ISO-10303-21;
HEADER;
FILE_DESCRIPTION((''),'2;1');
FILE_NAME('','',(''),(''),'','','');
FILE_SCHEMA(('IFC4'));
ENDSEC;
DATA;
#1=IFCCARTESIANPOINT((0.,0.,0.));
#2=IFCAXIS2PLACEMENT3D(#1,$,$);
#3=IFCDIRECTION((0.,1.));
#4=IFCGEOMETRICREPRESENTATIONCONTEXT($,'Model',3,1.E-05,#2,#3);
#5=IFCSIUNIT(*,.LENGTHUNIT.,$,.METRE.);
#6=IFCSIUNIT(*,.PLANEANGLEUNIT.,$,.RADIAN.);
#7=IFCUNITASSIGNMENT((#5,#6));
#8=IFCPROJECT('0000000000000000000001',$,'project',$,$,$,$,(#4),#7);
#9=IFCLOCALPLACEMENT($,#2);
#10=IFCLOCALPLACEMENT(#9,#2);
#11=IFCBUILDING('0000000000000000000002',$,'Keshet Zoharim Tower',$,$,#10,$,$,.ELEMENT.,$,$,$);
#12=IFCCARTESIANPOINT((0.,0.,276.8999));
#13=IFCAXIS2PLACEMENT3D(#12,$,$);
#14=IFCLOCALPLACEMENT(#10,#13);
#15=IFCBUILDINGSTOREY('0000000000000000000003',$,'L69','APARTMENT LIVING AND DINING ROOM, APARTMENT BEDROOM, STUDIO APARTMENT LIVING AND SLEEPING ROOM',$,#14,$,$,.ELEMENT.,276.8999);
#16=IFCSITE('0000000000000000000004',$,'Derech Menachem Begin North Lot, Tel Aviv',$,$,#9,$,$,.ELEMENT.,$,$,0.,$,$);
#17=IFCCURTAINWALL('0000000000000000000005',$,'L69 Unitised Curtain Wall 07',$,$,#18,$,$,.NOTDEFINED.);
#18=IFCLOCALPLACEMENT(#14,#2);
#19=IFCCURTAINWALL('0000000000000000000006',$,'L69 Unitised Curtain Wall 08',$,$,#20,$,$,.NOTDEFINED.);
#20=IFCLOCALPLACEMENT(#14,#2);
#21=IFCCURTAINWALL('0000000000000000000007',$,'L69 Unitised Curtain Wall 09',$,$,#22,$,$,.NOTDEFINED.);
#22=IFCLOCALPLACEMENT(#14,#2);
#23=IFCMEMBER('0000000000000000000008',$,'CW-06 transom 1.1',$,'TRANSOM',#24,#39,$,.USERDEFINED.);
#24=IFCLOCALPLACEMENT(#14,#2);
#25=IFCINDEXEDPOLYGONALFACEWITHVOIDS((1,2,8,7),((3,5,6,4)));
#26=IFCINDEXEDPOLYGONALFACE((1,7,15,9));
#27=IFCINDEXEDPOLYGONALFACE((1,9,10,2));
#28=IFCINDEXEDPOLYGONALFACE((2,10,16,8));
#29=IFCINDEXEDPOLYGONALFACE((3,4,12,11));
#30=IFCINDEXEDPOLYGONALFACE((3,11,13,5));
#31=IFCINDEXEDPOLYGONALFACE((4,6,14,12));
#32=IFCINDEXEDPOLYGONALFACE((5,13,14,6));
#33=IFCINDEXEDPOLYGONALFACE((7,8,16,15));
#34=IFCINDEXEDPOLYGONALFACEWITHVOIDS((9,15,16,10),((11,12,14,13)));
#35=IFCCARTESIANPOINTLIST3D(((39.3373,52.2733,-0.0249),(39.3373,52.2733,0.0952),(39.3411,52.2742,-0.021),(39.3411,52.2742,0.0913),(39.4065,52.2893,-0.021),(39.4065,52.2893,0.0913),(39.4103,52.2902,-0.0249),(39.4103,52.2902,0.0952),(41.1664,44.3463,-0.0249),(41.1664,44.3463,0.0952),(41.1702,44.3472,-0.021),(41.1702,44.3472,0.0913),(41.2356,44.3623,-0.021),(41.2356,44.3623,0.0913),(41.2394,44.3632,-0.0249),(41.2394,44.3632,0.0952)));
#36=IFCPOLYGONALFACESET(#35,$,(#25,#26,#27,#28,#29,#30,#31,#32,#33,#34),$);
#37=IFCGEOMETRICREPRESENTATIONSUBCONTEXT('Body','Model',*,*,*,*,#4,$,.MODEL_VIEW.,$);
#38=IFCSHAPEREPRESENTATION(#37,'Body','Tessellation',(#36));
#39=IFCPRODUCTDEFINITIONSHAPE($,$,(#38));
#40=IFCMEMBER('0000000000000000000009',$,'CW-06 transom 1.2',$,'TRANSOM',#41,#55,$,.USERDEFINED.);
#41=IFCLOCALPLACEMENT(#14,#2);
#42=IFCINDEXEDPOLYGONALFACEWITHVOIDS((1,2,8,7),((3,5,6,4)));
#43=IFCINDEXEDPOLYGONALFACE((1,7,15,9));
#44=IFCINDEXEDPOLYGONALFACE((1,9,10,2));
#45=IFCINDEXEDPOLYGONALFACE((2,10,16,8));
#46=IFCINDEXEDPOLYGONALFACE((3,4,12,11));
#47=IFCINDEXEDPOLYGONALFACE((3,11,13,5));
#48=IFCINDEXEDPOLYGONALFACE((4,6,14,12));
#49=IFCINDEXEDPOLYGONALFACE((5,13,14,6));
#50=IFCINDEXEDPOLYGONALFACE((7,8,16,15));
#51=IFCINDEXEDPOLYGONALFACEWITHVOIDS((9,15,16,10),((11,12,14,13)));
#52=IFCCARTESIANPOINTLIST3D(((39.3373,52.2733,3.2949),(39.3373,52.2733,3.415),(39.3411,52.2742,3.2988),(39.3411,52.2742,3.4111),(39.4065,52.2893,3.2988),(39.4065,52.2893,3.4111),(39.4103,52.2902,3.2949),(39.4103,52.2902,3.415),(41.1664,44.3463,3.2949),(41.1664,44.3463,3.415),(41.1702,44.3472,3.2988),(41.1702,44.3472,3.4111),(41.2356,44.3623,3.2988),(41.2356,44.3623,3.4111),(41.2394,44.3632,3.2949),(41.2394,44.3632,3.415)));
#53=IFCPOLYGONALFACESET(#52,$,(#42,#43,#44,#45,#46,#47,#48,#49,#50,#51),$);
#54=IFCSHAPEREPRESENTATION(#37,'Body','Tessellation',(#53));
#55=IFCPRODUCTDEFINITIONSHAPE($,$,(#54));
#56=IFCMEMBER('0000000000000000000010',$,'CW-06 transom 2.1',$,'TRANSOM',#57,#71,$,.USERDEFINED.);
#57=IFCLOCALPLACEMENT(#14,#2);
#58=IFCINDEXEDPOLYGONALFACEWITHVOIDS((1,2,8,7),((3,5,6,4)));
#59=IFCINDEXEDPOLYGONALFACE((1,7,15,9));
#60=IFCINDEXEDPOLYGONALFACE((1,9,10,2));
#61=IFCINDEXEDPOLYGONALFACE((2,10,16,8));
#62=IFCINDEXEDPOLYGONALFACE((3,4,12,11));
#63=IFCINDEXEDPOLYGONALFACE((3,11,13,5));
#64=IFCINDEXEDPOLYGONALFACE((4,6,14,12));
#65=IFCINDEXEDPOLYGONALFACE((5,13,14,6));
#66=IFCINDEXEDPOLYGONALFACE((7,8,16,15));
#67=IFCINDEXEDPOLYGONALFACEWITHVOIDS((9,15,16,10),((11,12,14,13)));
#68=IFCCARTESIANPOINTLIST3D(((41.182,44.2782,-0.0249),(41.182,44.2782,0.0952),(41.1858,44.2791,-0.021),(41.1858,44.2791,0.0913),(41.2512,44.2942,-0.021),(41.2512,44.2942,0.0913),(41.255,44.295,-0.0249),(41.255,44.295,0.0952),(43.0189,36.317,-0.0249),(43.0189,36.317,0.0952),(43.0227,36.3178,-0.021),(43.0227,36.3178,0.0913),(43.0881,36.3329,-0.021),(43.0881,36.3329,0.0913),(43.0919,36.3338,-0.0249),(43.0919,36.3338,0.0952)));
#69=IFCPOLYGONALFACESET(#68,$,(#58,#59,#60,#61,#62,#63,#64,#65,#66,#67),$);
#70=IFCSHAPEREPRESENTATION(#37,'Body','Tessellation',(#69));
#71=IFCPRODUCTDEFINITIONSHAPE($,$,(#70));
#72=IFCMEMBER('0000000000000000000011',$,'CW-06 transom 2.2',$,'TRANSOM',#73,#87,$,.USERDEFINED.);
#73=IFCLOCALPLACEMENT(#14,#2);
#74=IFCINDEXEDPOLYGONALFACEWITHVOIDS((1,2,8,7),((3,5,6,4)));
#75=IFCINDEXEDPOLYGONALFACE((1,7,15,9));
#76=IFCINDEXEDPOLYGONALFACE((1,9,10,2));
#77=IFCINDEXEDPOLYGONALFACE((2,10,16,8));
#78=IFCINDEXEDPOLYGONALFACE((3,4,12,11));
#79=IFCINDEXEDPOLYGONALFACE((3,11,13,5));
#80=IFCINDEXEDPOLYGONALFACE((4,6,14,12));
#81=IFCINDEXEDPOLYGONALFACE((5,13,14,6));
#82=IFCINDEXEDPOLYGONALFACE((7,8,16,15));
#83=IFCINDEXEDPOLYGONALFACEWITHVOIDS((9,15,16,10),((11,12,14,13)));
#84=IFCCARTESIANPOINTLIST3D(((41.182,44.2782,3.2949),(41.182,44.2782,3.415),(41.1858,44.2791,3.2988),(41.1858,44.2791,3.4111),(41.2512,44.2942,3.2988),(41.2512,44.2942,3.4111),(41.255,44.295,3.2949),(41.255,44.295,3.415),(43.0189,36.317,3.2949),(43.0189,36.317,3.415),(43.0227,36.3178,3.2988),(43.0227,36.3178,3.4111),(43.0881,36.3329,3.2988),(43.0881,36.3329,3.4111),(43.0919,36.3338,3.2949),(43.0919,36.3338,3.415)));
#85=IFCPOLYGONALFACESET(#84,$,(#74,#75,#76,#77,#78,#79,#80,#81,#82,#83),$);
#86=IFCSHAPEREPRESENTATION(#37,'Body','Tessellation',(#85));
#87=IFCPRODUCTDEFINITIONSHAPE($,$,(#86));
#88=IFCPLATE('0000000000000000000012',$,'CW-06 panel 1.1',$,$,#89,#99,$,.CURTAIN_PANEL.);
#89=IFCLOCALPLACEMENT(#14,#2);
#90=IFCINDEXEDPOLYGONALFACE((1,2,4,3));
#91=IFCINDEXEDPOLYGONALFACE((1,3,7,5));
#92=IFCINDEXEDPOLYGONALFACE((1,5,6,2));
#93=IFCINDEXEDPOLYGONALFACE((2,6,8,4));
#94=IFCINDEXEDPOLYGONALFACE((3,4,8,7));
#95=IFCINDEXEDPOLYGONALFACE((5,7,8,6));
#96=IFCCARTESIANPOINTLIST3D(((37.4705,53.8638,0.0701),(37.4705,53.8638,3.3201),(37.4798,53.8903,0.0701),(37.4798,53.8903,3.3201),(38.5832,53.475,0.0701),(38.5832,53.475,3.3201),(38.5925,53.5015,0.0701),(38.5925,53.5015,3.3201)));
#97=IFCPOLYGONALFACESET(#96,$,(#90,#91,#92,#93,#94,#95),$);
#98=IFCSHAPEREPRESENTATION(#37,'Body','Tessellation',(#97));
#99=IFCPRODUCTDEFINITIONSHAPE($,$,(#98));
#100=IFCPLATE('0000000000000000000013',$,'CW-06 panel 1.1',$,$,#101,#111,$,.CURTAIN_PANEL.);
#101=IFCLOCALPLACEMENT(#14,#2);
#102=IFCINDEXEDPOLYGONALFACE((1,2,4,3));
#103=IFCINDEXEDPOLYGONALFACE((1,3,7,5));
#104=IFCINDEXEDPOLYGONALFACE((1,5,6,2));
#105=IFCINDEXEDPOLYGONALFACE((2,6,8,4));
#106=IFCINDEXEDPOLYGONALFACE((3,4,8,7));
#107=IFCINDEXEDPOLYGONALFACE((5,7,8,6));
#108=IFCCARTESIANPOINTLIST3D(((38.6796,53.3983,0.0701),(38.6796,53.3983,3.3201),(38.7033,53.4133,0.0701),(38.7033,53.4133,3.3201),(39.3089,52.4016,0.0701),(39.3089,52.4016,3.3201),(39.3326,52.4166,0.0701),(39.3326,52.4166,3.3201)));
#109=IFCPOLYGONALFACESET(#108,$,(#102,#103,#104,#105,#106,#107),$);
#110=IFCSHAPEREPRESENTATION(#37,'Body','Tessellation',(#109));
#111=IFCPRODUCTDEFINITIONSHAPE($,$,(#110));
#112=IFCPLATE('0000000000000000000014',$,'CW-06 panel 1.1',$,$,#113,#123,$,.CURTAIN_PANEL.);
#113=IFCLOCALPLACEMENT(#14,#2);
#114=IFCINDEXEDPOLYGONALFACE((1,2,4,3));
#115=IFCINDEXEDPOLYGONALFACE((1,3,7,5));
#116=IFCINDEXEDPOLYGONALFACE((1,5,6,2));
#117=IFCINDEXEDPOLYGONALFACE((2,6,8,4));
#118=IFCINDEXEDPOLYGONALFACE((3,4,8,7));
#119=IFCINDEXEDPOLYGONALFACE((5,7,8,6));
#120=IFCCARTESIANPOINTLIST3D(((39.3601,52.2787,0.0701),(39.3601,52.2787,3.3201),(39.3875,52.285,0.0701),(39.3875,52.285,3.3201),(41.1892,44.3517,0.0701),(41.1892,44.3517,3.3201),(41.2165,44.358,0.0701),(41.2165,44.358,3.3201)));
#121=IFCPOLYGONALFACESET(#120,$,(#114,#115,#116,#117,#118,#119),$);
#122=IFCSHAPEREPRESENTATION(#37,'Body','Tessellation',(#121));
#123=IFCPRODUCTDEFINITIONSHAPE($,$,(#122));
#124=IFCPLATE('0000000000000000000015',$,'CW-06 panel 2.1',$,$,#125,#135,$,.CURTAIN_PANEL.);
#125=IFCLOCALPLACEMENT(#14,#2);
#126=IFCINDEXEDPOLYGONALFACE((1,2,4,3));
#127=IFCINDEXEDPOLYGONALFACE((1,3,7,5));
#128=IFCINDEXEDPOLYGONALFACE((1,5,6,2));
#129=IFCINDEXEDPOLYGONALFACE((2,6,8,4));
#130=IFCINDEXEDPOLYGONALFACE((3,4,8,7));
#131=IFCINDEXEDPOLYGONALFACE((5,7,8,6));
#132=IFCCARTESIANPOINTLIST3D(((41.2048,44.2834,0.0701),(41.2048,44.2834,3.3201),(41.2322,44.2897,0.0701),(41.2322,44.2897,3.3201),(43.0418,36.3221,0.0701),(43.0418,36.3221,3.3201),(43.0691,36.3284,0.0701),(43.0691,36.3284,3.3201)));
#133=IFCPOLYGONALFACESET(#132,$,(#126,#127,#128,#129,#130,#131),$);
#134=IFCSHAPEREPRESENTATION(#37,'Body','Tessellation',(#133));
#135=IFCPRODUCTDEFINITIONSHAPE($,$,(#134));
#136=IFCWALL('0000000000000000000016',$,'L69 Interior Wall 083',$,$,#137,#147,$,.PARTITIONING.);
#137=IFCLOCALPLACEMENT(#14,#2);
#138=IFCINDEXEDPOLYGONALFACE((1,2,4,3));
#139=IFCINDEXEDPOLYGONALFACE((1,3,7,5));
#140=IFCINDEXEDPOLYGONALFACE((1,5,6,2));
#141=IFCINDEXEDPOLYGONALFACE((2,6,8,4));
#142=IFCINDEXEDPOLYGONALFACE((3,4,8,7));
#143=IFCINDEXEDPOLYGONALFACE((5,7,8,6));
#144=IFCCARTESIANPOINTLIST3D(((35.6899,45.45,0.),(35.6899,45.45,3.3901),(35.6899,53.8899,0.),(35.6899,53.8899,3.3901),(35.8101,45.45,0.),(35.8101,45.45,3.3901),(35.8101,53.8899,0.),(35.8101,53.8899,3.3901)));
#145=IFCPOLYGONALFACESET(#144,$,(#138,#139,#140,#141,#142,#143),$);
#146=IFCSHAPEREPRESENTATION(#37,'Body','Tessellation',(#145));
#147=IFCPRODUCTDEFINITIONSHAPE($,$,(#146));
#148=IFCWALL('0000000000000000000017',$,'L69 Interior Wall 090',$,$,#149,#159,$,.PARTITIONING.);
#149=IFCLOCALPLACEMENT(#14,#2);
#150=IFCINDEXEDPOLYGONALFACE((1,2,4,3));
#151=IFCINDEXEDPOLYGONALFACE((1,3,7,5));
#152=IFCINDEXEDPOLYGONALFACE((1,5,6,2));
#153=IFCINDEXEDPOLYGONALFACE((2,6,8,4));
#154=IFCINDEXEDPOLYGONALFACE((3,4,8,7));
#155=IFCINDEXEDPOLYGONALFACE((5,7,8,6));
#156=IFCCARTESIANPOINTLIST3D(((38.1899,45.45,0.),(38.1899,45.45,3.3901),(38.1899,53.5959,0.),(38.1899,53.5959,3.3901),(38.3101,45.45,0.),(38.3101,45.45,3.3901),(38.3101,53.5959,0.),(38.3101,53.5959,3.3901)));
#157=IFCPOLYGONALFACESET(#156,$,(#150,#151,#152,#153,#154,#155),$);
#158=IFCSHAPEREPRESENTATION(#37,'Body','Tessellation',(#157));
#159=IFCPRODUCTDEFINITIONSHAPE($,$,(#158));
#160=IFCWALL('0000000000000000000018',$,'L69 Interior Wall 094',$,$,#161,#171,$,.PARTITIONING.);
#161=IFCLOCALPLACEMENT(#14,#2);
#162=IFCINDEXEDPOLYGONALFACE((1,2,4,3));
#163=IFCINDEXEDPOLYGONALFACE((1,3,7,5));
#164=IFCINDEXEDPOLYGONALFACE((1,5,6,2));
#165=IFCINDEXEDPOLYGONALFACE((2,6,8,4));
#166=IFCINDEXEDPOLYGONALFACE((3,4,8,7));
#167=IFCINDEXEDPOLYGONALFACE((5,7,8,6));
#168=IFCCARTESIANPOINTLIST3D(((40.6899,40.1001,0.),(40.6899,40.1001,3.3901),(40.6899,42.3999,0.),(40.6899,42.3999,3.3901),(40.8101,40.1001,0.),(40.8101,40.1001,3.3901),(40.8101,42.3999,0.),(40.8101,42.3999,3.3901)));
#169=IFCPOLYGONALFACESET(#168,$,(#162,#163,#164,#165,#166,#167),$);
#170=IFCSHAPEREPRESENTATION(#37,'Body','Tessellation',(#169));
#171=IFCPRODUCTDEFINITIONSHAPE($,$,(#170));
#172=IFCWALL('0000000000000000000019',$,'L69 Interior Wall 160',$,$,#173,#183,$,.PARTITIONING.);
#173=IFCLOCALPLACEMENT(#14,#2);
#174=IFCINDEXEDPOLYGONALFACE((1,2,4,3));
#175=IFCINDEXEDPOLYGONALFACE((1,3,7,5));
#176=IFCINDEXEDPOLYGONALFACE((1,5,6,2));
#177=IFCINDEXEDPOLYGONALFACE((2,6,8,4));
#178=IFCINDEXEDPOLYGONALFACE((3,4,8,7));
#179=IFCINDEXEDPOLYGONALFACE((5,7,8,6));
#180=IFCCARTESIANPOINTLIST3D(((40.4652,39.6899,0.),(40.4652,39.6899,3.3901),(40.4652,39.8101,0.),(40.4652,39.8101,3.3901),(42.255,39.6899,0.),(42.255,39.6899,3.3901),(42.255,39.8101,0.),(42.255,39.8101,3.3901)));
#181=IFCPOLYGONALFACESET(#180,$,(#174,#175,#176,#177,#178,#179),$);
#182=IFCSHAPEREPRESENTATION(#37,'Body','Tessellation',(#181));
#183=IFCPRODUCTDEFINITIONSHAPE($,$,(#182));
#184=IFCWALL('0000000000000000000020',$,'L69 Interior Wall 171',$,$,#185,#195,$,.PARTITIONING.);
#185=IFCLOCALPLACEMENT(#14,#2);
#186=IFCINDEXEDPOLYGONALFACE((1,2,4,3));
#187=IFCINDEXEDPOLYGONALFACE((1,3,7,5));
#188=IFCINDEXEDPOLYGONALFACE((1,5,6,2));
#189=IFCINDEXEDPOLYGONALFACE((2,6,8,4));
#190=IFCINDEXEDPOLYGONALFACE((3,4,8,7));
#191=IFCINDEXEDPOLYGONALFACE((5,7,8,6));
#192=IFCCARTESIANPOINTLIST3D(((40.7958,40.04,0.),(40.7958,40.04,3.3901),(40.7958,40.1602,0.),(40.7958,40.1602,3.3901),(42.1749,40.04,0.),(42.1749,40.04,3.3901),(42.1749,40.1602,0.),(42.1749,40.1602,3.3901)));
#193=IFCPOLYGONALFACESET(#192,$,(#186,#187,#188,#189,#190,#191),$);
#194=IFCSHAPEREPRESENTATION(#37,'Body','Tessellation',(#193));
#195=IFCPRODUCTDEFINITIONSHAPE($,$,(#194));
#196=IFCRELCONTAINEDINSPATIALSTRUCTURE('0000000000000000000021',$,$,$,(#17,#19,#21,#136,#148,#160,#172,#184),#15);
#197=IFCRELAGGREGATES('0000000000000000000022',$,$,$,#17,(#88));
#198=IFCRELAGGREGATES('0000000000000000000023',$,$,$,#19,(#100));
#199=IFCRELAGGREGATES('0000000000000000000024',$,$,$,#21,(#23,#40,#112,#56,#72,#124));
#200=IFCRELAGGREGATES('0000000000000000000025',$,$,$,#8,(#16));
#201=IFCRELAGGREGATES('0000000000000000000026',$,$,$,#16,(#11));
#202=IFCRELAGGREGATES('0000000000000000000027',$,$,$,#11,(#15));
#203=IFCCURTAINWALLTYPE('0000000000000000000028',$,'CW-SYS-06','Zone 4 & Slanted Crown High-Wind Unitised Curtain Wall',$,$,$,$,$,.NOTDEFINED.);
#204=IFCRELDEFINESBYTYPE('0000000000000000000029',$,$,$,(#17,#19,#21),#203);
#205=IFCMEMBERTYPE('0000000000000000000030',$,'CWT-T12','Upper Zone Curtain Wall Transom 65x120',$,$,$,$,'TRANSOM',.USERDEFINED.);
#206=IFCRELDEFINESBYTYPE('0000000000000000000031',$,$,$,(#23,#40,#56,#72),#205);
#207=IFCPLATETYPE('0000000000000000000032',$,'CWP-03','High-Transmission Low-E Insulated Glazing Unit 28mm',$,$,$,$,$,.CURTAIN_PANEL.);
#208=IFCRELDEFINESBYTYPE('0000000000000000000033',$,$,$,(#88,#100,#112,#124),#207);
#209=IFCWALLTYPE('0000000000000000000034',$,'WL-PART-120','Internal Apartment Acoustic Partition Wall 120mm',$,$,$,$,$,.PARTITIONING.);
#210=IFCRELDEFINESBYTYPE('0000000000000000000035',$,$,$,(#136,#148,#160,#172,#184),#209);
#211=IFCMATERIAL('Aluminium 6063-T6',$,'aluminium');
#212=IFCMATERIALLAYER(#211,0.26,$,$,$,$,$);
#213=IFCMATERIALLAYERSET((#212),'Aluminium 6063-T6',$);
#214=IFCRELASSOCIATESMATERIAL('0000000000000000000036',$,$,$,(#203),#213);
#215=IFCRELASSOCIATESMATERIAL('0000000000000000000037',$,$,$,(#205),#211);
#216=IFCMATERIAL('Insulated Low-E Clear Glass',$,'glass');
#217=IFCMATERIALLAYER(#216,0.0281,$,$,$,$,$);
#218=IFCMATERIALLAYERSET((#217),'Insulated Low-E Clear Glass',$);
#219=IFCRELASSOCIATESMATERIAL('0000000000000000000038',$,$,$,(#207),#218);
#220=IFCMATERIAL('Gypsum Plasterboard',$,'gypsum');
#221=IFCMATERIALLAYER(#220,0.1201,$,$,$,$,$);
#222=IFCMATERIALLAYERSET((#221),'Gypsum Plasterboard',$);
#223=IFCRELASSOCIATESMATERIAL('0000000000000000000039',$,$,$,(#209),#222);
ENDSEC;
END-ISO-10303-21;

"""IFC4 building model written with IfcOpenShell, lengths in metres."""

from ifc_helpers import new_model, si_unit, direction, frame, frame_2d, origin, origin_2d, place, context, subcontext, project, spatial, rectangle, hollow_rectangle, extrude, material, layer, layer_set, material_profile, profile_set, type_object, element, aggregate, save


model = new_model("IFC4")

# Units and contexts
model_context = context("Model", 3, precision=1e-05, world=origin(), true_north=direction((0.0, 1.0)))
body_context = subcontext(model_context, "Body", "Model", "MODEL_VIEW")
ifc_project = project(units=[si_unit("LENGTHUNIT", "METRE"), si_unit("PLANEANGLEUNIT", "RADIAN")], contexts=[model_context])

# Site, building, storey
site_placement = place(None, origin())
site = spatial("IfcSite", under=ifc_project, at=site_placement, Name="Derech Menachem Begin North Lot, Tel Aviv", CompositionType="ELEMENT", RefElevation=0.0)
building_placement = place(site_placement, origin())
building = spatial("IfcBuilding", under=site, at=building_placement, Name="Keshet Zoharim Tower", CompositionType="ELEMENT")
storey_placement = place(building_placement, frame((0.0, 0.0, 276.8999)))
storey = spatial("IfcBuildingStorey", under=building, at=storey_placement, Name="L69", Description="APARTMENT LIVING AND DINING ROOM, APARTMENT BEDROOM, STUDIO APARTMENT LIVING AND SLEEPING ROOM", CompositionType="ELEMENT", Elevation=276.8999)

# Shared definitions
ifc_material_1 = material(Name="Aluminium 6063-T6", Category="aluminium")
ifc_layer_1 = layer(ifc_material_1, 0.26)
ifc_layer_set_1 = layer_set([ifc_layer_1], Name="Aluminium 6063-T6")
curtain_wall_type = type_object("IfcCurtainWallType", Name="CW-SYS-06", Description="Zone 4 & Slanted Crown High-Wind Unitised Curtain Wall", PredefinedType="NOTDEFINED", material=ifc_layer_set_1)

# Curtain walls
curtain_wall_1_placement = place(storey_placement, origin())
curtain_wall_1 = element("IfcCurtainWall", 1, at=curtain_wall_1_placement, inside=storey, type_object=curtain_wall_type, Name="L69 Unitised Curtain Wall 07", PredefinedType="NOTDEFINED")
curtain_wall_2_placement = place(storey_placement, origin())
curtain_wall_2 = element("IfcCurtainWall", 2, at=curtain_wall_2_placement, inside=storey, type_object=curtain_wall_type, Name="L69 Unitised Curtain Wall 08", PredefinedType="NOTDEFINED")
curtain_wall_3_placement = place(storey_placement, origin())
curtain_wall_3 = element("IfcCurtainWall", 3, at=curtain_wall_3_placement, inside=storey, type_object=curtain_wall_type, Name="L69 Unitised Curtain Wall 09", PredefinedType="NOTDEFINED")

# Members
ifc_material_profile_1 = material_profile(ifc_material_1, hollow_rectangle(XDim=0.075, YDim=0.1201, WallThickness=0.0039, at=origin_2d()), Name="TRN-75x120")
ifc_profile_set_1 = profile_set([ifc_material_profile_1], Name="Aluminium 6063-T6")
member_type_1 = type_object("IfcMemberType", Name="CWT-T12", Description="Upper Zone Curtain Wall Transom 65x120", ElementType="TRANSOM", PredefinedType="USERDEFINED", material=ifc_profile_set_1)
member_1_placement = place(storey_placement, frame((39.3738, 52.2817, 0.0352), z_axis=(0.224835, -0.974397, 0.0), x_axis=(0.974397, 0.224835, 0.0)))
member_1 = element("IfcMember", 4, at=member_1_placement, type_object=member_type_1, Name="CW-06 transom 1.1", ObjectType="TRANSOM", PredefinedType="USERDEFINED", context=body_context, shape_type="SweptSolid", body=[
    extrude(hollow_rectangle(XDim=0.075, YDim=0.1201, WallThickness=0.0039, at=origin_2d()), origin(), (0.0, 0.0, 1.0), 8.1353),
])
member_2_placement = place(storey_placement, frame((39.3738, 52.2817, 3.355), z_axis=(0.224835, -0.974397, 0.0), x_axis=(0.974397, 0.224835, 0.0)))
member_2 = element("IfcMember", 5, at=member_2_placement, type_object=member_type_1, Name="CW-06 transom 1.2", ObjectType="TRANSOM", PredefinedType="USERDEFINED", context=body_context, shape_type="SweptSolid", body=[
    extrude(hollow_rectangle(XDim=0.075, YDim=0.1201, WallThickness=0.0039, at=origin_2d()), origin(), (0.0, 0.0, 1.0), 8.1353),
])
member_3_placement = place(storey_placement, frame((41.2185, 44.2866, 0.0352), z_axis=(0.224827, -0.974399, 0.0), x_axis=(0.974399, 0.224827, 0.0)))
member_3 = element("IfcMember", 6, at=member_3_placement, type_object=member_type_1, Name="CW-06 transom 2.1", ObjectType="TRANSOM", PredefinedType="USERDEFINED", context=body_context, shape_type="SweptSolid", body=[
    extrude(hollow_rectangle(XDim=0.075, YDim=0.1201, WallThickness=0.0039, at=origin_2d()), origin(), (0.0, 0.0, 1.0), 8.1704),
])
member_4_placement = place(storey_placement, frame((41.2185, 44.2866, 3.355), z_axis=(0.224827, -0.974399, 0.0), x_axis=(0.974399, 0.224827, 0.0)))
member_4 = element("IfcMember", 7, at=member_4_placement, type_object=member_type_1, Name="CW-06 transom 2.2", ObjectType="TRANSOM", PredefinedType="USERDEFINED", context=body_context, shape_type="SweptSolid", body=[
    extrude(hollow_rectangle(XDim=0.075, YDim=0.1201, WallThickness=0.0039, at=origin_2d()), origin(), (0.0, 0.0, 1.0), 8.1704),
])

# Plates
ifc_material_2 = material(Name="Insulated Low-E Clear Glass", Category="glass")
ifc_layer_2 = layer(ifc_material_2, 0.0281)
ifc_layer_set_2 = layer_set([ifc_layer_2], Name="Insulated Low-E Clear Glass")
plate_type = type_object("IfcPlateType", Name="CWP-03", Description="High-Transmission Low-E Insulated Glazing Unit 28mm", PredefinedType="CURTAIN_PANEL", material=ifc_layer_set_2)
plate_1_placement = place(storey_placement, frame((38.0315, 53.6826, 0.0701), z_axis=(0.0, 0.0, 1.0), x_axis=(0.944036, -0.329844, 0.0)))
plate_1 = element("IfcPlate", 8, at=plate_1_placement, type_object=plate_type, Name="CW-06 panel 1.1", PredefinedType="CURTAIN_PANEL", context=body_context, shape_type="SweptSolid", body=[
    extrude(rectangle(XDim=1.1787, YDim=0.0281, at=origin_2d()), origin(), (0.0, 0.0, 1.0), 3.25),
])
aggregate(curtain_wall_1, [plate_1])
plate_2_placement = place(storey_placement, frame((39.0061, 52.9075, 0.0701), z_axis=(0.0, 0.0, 1.0), x_axis=(0.533879, -0.845561, 0.0)))
plate_2 = element("IfcPlate", 9, at=plate_2_placement, type_object=plate_type, Name="CW-06 panel 1.1", PredefinedType="CURTAIN_PANEL", context=body_context, shape_type="SweptSolid", body=[
    extrude(rectangle(XDim=1.1787, YDim=0.0281, at=origin_2d()), origin(), (0.0, 0.0, 1.0), 3.25),
])
aggregate(curtain_wall_2, [plate_2])
plate_3_placement = place(storey_placement, frame((40.2883, 48.3184, 0.0701), z_axis=(0.0, 0.0, 1.0), x_axis=(0.22483, -0.974398, 0.0)))
plate_3 = element("IfcPlate", 10, at=plate_3_placement, type_object=plate_type, Name="CW-06 panel 1.1", PredefinedType="CURTAIN_PANEL", context=body_context, shape_type="SweptSolid", body=[
    extrude(rectangle(XDim=8.1353, YDim=0.0281, at=origin_2d()), origin(), (0.0, 0.0, 1.0), 3.25),
])
plate_4_placement = place(storey_placement, frame((42.137, 40.3059, 0.0701), z_axis=(0.0, 0.0, 1.0), x_axis=(0.22483, -0.974398, 0.0)))
plate_4 = element("IfcPlate", 11, at=plate_4_placement, type_object=plate_type, Name="CW-06 panel 2.1", PredefinedType="CURTAIN_PANEL", context=body_context, shape_type="SweptSolid", body=[
    extrude(rectangle(XDim=8.1704, YDim=0.0281, at=origin_2d()), origin(), (0.0, 0.0, 1.0), 3.25),
])
aggregate(curtain_wall_3, [member_1, member_2, plate_3, member_3, member_4, plate_4])

# Walls
ifc_material_3 = material(Name="Gypsum Plasterboard", Category="gypsum")
ifc_layer_3 = layer(ifc_material_3, 0.1201)
ifc_layer_set_3 = layer_set([ifc_layer_3], Name="Gypsum Plasterboard")
wall_type = type_object("IfcWallType", Name="WL-PART-120", Description="Internal Apartment Acoustic Partition Wall 120mm", PredefinedType="PARTITIONING", material=ifc_layer_set_3)
wall_1_placement = place(storey_placement, frame((35.75, 45.45, 0.0), z_axis=(0.0, 0.0, 1.0), x_axis=(0.0, 1.0, 0.0)))
element("IfcWall", 12, at=wall_1_placement, inside=storey, type_object=wall_type, Name="L69 Interior Wall 083", PredefinedType="PARTITIONING", context=body_context, shape_type="SweptSolid", body=[
    extrude(rectangle(XDim=8.4399, YDim=0.1201, at=frame_2d((4.22, 0.0))), origin(), (0.0, 0.0, 1.0), 3.3901),
])
wall_2_placement = place(storey_placement, frame((38.25, 45.45, 0.0), z_axis=(0.0, 0.0, 1.0), x_axis=(0.0, 1.0, 0.0)))
element("IfcWall", 13, at=wall_2_placement, inside=storey, type_object=wall_type, Name="L69 Interior Wall 090", PredefinedType="PARTITIONING", context=body_context, shape_type="SweptSolid", body=[
    extrude(rectangle(XDim=8.146, YDim=0.1201, at=frame_2d((4.073, 0.0))), origin(), (0.0, 0.0, 1.0), 3.3901),
])
wall_3_placement = place(storey_placement, frame((40.75, 40.1001, 0.0), z_axis=(0.0, 0.0, 1.0), x_axis=(0.0, 1.0, 0.0)))
element("IfcWall", 14, at=wall_3_placement, inside=storey, type_object=wall_type, Name="L69 Interior Wall 094", PredefinedType="PARTITIONING", context=body_context, shape_type="SweptSolid", body=[
    extrude(rectangle(XDim=2.2998, YDim=0.1201, at=frame_2d((1.1499, 0.0))), origin(), (0.0, 0.0, 1.0), 3.3901),
])
wall_4_placement = place(storey_placement, frame((40.4651, 39.75, 0.0), z_axis=(0.0, 0.0, 1.0), x_axis=(1.0, 0.0, 0.0)))
element("IfcWall", 15, at=wall_4_placement, inside=storey, type_object=wall_type, Name="L69 Interior Wall 160", PredefinedType="PARTITIONING", context=body_context, shape_type="SweptSolid", body=[
    extrude(rectangle(XDim=1.7898, YDim=0.1201, at=frame_2d((0.895, 0.0))), origin(), (0.0, 0.0, 1.0), 3.3901),
])
wall_5_placement = place(storey_placement, frame((40.7959, 40.1001, 0.0), z_axis=(0.0, 0.0, 1.0), x_axis=(1.0, 0.0, 0.0)))
element("IfcWall", 16, at=wall_5_placement, inside=storey, type_object=wall_type, Name="L69 Interior Wall 171", PredefinedType="PARTITIONING", context=body_context, shape_type="SweptSolid", body=[
    extrude(rectangle(XDim=1.3792, YDim=0.1201, at=frame_2d((0.6895, 0.0))), origin(), (0.0, 0.0, 1.0), 3.3901),
])

save(model, "model.ifc")
